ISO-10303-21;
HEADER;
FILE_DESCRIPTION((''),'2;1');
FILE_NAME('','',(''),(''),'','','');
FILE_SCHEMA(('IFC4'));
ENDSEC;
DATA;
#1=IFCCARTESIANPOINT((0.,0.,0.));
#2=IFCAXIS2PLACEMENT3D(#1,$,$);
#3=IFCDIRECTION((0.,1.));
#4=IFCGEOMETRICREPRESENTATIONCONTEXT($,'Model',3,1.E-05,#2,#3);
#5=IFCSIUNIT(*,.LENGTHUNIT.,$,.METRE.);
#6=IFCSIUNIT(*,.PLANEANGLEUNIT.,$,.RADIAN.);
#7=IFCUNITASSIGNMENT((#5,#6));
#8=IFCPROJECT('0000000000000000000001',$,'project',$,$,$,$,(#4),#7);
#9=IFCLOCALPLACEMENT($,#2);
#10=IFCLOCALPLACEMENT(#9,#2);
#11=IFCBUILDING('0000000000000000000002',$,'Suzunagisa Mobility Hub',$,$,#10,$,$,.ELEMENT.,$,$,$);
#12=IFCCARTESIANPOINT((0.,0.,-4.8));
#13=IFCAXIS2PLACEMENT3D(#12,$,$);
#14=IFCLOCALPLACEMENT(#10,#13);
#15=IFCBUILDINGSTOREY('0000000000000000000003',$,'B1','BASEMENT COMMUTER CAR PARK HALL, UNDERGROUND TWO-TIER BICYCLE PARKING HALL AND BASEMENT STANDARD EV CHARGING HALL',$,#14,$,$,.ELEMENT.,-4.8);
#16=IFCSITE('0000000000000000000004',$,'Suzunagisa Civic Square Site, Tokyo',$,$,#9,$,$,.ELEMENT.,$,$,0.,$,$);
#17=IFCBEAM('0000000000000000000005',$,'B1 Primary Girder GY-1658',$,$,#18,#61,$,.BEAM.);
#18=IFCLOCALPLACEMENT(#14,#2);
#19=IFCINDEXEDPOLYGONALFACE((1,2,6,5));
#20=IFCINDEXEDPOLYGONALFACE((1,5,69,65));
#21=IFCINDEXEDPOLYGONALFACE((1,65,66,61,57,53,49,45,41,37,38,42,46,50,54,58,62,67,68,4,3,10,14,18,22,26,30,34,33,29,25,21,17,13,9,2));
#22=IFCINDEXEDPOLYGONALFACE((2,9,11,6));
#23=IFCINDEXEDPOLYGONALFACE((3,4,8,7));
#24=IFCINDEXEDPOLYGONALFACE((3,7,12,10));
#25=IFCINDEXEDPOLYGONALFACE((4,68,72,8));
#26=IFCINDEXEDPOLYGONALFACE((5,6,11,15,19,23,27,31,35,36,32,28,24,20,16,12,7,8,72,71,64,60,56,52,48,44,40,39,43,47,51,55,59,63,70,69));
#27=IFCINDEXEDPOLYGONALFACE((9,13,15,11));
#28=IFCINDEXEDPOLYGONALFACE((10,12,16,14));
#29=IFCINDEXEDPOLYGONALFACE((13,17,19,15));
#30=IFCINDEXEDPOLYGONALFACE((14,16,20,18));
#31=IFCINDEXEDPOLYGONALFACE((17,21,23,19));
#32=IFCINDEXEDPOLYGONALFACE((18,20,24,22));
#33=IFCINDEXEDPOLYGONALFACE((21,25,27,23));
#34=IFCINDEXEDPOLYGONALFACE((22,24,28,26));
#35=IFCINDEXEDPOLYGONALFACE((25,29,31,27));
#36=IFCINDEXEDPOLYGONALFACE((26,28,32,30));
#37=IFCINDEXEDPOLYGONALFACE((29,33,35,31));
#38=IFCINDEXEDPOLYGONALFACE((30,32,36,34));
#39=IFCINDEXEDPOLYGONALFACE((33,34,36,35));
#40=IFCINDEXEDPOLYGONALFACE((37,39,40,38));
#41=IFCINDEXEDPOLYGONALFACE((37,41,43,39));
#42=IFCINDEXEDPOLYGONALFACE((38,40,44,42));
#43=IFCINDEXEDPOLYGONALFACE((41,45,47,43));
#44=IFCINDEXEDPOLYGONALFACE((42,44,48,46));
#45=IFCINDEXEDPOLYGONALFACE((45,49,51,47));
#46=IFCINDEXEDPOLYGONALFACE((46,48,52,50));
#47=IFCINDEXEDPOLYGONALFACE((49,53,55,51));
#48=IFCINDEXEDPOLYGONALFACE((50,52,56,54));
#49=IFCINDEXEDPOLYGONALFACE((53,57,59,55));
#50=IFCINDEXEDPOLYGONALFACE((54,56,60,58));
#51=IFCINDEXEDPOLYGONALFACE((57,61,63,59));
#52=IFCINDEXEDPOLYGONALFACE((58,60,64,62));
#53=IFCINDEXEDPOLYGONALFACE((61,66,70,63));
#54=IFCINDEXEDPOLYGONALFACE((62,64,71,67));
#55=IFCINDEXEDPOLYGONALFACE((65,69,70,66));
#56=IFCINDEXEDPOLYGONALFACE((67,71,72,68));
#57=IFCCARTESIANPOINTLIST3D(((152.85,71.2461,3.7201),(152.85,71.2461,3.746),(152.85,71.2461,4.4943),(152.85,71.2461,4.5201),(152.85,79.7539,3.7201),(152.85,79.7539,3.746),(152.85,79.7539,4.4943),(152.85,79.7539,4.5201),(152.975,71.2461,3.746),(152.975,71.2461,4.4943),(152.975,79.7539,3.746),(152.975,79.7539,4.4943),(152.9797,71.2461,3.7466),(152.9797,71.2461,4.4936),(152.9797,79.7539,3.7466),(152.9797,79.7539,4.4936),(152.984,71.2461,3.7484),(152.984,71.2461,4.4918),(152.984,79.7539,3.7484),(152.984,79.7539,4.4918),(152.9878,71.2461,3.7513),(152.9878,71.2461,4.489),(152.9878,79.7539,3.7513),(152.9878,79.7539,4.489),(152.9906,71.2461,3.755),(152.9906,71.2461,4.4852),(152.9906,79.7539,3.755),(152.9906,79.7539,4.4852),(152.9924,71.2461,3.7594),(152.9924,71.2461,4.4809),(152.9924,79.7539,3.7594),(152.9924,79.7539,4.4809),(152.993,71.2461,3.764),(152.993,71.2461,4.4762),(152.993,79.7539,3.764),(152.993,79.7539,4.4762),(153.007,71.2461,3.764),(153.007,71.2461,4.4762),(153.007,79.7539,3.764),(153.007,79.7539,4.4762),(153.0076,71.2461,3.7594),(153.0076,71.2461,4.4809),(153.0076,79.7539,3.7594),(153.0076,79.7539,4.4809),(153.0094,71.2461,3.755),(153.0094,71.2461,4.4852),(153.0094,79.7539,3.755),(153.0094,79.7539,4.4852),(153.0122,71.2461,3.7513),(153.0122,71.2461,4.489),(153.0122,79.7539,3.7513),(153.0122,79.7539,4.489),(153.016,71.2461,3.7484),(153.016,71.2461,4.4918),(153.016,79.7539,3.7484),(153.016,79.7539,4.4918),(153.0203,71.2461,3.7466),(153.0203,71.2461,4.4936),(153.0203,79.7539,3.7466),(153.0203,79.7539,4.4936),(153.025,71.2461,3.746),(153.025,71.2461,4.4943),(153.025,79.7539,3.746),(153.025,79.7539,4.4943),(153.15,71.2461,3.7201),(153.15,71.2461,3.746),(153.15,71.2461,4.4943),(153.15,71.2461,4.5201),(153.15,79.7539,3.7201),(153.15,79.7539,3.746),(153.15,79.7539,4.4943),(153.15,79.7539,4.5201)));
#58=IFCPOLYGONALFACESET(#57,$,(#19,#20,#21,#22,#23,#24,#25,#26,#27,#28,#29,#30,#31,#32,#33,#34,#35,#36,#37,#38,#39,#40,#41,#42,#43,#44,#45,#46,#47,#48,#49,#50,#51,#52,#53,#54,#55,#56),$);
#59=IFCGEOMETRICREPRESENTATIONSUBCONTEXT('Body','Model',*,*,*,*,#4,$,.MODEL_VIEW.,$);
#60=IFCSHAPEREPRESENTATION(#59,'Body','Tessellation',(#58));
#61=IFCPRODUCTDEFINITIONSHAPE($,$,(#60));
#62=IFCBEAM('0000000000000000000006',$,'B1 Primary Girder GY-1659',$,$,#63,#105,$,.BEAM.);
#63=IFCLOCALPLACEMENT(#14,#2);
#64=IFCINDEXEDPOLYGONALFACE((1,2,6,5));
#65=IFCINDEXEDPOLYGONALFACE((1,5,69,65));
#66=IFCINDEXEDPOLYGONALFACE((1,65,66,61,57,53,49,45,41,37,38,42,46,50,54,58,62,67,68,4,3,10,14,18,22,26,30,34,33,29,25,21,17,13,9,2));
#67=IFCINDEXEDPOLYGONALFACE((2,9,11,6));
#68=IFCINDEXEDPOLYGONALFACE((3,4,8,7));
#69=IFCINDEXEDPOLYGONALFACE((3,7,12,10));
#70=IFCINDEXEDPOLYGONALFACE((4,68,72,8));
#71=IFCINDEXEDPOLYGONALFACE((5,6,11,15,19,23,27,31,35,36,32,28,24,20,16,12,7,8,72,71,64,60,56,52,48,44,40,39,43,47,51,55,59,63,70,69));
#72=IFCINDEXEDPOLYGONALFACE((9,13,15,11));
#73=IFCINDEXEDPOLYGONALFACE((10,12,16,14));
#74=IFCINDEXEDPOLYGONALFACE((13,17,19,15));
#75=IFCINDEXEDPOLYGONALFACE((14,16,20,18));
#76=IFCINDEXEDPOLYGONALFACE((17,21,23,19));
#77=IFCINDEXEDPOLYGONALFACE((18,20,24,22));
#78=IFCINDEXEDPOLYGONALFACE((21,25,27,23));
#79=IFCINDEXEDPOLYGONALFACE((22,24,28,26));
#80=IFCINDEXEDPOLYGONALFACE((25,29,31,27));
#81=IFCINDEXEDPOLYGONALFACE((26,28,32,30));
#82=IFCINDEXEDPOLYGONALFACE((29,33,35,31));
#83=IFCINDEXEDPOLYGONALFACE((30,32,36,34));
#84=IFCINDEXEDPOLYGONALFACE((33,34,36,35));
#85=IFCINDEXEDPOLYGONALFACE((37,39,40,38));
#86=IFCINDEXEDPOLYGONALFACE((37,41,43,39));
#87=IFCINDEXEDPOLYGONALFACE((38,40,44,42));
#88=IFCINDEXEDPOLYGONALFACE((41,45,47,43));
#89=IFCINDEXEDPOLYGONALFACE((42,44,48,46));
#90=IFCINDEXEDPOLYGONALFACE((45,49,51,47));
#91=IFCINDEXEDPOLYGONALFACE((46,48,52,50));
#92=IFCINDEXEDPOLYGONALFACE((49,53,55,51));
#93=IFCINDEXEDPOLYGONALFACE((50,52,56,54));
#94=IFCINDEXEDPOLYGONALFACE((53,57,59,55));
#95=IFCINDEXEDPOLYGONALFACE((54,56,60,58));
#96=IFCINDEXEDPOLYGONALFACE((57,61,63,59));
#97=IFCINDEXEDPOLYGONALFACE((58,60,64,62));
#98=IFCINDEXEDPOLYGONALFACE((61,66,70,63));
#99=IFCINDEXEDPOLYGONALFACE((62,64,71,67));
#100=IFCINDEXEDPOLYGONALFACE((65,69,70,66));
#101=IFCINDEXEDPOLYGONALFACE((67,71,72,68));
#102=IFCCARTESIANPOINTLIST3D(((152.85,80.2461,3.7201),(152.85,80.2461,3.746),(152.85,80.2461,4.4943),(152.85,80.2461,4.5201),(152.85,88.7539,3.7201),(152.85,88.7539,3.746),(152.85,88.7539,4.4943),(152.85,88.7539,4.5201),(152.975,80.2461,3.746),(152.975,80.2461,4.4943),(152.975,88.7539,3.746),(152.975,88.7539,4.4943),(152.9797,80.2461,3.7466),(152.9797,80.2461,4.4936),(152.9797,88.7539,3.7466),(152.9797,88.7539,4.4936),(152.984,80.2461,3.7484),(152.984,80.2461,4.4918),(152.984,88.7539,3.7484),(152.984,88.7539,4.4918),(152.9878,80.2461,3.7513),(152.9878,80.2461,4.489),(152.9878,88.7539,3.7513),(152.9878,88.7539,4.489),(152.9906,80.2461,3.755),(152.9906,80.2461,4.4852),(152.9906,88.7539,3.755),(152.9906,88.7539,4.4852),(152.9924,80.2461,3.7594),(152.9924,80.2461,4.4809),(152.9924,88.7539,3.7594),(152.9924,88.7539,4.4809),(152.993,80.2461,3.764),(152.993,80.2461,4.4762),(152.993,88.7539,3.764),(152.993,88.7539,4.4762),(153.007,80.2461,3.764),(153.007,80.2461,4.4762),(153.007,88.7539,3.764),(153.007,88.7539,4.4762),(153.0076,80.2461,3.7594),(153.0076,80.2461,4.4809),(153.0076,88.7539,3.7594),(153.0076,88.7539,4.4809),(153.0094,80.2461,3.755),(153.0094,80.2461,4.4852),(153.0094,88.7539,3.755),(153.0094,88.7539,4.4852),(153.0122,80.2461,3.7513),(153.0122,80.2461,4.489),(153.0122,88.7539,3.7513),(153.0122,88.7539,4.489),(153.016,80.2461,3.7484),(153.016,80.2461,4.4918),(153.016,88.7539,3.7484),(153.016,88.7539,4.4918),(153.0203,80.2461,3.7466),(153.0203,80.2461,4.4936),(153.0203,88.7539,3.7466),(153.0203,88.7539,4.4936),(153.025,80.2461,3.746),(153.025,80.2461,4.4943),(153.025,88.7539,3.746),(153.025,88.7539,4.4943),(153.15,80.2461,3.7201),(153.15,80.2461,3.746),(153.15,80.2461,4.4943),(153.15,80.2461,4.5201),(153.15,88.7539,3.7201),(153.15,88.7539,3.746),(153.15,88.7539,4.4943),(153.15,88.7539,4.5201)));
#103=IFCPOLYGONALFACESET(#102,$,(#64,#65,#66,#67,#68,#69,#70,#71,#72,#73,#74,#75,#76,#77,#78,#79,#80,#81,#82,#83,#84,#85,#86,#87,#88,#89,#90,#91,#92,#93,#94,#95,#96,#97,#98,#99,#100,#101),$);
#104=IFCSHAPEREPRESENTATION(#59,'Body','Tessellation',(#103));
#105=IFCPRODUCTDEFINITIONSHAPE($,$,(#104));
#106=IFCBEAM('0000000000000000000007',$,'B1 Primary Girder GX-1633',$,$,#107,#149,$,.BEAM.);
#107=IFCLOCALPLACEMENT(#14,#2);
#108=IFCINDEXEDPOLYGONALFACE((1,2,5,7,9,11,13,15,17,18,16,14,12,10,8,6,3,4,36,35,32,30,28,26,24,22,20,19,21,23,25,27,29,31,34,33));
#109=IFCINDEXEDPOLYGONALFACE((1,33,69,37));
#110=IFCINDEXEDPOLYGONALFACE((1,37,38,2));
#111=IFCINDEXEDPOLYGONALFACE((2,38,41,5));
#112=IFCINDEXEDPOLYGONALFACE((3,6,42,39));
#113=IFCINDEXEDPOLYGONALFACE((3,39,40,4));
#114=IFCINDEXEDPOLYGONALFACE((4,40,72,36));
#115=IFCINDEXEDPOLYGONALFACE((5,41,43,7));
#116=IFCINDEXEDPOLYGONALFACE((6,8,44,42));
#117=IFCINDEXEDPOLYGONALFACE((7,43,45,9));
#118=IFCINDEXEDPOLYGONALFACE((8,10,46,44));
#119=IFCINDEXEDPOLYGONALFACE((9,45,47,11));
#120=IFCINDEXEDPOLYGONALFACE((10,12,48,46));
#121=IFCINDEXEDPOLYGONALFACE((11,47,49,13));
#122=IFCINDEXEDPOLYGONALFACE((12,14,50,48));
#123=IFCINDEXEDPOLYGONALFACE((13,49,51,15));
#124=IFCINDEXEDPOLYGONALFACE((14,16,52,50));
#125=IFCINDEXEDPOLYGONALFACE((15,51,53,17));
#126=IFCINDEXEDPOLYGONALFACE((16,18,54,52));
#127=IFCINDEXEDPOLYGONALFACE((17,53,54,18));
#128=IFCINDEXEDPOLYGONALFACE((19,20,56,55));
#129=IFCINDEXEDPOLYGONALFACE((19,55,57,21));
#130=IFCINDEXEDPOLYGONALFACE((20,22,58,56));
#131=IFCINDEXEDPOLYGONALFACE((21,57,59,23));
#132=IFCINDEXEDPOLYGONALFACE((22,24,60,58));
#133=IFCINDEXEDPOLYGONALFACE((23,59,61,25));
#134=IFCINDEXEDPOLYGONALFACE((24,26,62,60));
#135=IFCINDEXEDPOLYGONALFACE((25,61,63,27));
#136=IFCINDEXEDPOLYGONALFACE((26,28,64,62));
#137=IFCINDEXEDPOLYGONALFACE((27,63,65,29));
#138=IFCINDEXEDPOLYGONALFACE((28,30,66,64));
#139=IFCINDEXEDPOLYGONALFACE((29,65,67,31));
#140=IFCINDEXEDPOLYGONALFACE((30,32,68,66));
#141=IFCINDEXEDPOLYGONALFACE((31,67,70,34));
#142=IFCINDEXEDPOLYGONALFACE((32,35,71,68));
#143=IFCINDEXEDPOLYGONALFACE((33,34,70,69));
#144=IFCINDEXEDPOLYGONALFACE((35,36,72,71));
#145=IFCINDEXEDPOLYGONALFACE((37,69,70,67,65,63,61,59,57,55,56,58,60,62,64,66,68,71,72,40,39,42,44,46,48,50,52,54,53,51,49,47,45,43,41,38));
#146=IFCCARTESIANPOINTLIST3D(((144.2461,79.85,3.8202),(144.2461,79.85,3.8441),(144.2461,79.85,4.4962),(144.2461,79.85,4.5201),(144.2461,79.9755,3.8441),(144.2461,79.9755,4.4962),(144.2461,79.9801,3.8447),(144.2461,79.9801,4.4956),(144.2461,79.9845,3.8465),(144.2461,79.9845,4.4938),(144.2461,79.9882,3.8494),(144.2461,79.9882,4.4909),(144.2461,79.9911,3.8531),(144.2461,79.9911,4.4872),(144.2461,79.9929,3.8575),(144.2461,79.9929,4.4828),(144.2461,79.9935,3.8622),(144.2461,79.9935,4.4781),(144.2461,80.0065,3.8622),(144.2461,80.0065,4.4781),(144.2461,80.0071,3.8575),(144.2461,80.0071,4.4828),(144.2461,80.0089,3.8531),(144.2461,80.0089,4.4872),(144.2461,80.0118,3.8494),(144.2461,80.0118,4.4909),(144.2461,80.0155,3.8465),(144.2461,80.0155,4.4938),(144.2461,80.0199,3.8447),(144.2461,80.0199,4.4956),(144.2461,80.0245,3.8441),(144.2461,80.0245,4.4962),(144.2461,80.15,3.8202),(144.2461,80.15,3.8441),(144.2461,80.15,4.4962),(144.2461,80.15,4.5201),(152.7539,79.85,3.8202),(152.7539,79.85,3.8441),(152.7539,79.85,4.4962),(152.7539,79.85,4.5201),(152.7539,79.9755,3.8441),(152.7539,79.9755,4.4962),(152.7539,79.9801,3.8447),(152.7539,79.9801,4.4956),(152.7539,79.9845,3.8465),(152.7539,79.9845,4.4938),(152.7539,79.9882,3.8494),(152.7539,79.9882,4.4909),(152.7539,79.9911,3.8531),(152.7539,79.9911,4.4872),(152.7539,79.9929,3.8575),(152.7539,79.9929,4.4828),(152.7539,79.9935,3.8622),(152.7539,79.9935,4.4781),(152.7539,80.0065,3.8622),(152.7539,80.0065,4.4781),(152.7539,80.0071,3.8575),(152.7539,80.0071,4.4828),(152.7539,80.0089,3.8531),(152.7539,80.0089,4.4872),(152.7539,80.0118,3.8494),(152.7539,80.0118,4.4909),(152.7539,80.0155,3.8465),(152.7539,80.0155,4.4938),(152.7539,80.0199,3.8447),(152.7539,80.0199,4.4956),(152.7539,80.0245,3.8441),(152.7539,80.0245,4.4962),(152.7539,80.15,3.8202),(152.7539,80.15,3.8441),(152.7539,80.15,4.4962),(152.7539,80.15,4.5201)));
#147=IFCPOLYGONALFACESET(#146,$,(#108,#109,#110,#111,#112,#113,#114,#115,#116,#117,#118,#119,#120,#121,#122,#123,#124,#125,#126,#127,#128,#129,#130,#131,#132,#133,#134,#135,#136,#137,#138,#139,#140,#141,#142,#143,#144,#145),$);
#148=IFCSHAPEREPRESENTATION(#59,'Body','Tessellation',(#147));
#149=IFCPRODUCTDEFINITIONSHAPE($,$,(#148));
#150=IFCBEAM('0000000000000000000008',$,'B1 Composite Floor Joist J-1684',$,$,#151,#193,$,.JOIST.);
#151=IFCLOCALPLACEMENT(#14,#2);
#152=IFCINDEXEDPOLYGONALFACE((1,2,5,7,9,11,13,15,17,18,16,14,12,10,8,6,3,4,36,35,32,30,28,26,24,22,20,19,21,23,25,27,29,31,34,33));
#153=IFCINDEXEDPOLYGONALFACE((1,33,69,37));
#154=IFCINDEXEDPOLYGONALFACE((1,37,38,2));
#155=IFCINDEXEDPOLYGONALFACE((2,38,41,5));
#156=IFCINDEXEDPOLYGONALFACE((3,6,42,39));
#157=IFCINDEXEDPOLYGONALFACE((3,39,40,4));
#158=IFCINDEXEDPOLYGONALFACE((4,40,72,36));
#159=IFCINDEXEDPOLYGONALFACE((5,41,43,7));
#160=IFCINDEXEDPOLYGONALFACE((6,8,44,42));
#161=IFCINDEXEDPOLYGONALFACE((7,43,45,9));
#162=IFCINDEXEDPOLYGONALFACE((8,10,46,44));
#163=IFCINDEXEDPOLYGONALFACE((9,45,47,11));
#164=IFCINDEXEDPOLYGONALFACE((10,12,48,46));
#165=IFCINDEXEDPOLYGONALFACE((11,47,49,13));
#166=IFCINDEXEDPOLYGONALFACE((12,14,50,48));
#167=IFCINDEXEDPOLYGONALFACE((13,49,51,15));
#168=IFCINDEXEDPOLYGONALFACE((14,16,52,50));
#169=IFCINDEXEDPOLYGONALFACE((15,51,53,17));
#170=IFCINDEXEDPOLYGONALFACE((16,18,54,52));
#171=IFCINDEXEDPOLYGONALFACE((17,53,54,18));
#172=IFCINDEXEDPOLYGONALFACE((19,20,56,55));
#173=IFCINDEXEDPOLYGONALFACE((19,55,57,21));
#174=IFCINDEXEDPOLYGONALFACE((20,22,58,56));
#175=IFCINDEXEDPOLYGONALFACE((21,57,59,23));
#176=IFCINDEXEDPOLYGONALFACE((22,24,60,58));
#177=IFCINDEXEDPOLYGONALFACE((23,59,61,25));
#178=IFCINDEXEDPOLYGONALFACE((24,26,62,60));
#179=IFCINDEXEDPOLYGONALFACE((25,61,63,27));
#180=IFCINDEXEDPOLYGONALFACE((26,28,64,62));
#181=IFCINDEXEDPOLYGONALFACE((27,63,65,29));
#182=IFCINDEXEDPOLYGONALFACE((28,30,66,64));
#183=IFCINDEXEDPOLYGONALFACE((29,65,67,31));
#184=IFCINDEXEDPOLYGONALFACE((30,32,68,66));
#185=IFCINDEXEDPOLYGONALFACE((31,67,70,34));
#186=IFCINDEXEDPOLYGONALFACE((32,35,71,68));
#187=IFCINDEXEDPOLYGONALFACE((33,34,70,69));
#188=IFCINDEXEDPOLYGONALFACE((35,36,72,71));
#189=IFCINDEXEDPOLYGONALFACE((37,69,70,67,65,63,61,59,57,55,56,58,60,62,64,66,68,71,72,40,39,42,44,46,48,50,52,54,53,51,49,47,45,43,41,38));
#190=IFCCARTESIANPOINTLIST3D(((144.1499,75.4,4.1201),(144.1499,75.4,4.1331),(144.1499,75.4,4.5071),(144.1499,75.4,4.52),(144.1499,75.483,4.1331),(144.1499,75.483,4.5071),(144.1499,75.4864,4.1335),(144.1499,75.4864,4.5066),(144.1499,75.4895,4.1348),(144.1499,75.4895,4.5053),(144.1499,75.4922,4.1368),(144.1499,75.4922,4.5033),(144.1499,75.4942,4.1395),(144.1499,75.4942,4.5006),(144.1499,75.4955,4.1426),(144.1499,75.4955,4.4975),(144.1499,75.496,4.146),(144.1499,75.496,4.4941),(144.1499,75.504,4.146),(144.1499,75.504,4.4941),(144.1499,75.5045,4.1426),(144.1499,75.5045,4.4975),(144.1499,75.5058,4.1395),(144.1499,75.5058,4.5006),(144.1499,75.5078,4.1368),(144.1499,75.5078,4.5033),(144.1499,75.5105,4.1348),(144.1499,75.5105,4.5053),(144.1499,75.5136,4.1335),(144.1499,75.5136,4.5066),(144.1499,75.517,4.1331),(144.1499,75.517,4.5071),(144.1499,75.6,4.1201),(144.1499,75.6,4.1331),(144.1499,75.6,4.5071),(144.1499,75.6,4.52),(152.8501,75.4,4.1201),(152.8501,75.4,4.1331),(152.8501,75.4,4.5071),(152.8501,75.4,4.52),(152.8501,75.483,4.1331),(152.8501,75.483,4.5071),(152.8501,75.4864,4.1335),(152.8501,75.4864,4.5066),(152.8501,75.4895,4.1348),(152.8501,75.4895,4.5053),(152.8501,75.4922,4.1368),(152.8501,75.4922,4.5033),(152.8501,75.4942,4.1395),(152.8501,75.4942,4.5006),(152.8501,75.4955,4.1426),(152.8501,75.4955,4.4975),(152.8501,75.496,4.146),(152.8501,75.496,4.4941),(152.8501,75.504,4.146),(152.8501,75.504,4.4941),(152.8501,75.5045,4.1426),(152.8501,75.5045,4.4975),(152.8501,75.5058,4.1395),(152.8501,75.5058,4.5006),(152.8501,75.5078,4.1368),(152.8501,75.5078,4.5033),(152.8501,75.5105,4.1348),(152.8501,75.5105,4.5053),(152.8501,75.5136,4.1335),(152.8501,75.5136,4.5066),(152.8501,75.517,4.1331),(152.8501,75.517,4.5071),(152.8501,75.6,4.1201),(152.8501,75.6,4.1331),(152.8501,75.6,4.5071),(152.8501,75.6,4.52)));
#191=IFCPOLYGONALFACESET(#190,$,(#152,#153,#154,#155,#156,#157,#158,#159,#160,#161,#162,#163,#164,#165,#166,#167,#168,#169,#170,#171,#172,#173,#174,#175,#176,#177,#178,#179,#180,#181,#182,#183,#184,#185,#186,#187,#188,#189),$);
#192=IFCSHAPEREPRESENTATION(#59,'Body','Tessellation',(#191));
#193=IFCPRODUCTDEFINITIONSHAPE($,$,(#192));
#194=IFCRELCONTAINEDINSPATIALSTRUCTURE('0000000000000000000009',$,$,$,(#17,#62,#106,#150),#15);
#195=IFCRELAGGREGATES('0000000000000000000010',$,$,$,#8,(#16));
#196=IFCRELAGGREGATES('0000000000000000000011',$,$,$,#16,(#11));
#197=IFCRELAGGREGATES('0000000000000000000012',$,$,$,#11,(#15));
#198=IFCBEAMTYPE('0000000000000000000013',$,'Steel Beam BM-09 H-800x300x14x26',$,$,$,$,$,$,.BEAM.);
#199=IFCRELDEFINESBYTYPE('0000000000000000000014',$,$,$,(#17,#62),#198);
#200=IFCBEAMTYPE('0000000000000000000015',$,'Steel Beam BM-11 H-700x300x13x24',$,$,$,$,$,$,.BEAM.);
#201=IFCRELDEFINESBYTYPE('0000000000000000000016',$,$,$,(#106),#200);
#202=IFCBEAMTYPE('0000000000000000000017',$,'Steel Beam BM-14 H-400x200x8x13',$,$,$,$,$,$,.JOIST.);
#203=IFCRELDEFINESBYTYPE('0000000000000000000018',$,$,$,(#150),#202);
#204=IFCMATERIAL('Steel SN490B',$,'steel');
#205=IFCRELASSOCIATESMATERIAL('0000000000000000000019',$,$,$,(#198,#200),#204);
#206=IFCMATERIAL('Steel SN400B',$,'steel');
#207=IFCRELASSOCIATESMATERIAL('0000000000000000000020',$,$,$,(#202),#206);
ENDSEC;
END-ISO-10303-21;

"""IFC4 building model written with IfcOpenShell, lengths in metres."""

from ifc_helpers import new_model, si_unit, direction, frame, origin, origin_2d, place, context, subcontext, project, spatial, i_section, extrude, material, material_profile, profile_set, type_object, element, save


model = new_model("IFC4")

# Units and contexts
model_context = context("Model", 3, precision=1e-05, world=origin(), true_north=direction((0.0, 1.0)))
body_context = subcontext(model_context, "Body", "Model", "MODEL_VIEW")
ifc_project = project(units=[si_unit("LENGTHUNIT", "METRE"), si_unit("PLANEANGLEUNIT", "RADIAN")], contexts=[model_context])

# Site, building, storey
site_placement = place(None, origin())
site = spatial("IfcSite", under=ifc_project, at=site_placement, Name="Suzunagisa Civic Square Site, Tokyo", CompositionType="ELEMENT", RefElevation=0.0)
building_placement = place(site_placement, origin())
building = spatial("IfcBuilding", under=site, at=building_placement, Name="Suzunagisa Mobility Hub", CompositionType="ELEMENT")
storey_placement = place(building_placement, frame((0.0, 0.0, -4.8)))
storey = spatial("IfcBuildingStorey", under=building, at=storey_placement, Name="B1", Description="BASEMENT COMMUTER CAR PARK HALL, UNDERGROUND TWO-TIER BICYCLE PARKING HALL AND BASEMENT STANDARD EV CHARGING HALL", CompositionType="ELEMENT", Elevation=-4.8)

# Shared definitions
ifc_material_1 = material(Name="Steel SN490B", Category="steel")

# Beams
ifc_material_profile_1 = material_profile(ifc_material_1, i_section(OverallWidth=0.3, OverallDepth=0.8, WebThickness=0.0139, FlangeThickness=0.0259, FilletRadius=0.0181, at=origin_2d()), Name="H-800x300x14x26")
ifc_profile_set_1 = profile_set([ifc_material_profile_1], Name="Steel SN490B")
beam_type_1 = type_object("IfcBeamType", Name="Steel Beam BM-09 H-800x300x14x26", PredefinedType="BEAM", material=ifc_profile_set_1)
for number, where, z_axis, x_axis, name in (
    (1, (153.0, 71.2461, 4.1201), (0.0, 1.0, 0.0), (-1.0, 0.0, 0.0), "B1 Primary Girder GY-1658"),
    (2, (153.0, 80.2461, 4.1201), (0.0, 1.0, 0.0), (-1.0, 0.0, 0.0), "B1 Primary Girder GY-1659"),
):
    element("IfcBeam", number, at=place(storey_placement, frame(where, z_axis=z_axis, x_axis=x_axis)), inside=storey, type_object=beam_type_1, Name=name, PredefinedType="BEAM", context=body_context, shape_type="SweptSolid", body=[
        extrude(i_section(OverallWidth=0.3, OverallDepth=0.8, WebThickness=0.0139, FlangeThickness=0.0259, FilletRadius=0.0181, at=origin_2d()), origin(), (0.0, 0.0, 1.0), 8.5078),
    ])
ifc_material_profile_2 = material_profile(ifc_material_1, i_section(OverallWidth=0.3, OverallDepth=0.7, WebThickness=0.0129, FlangeThickness=0.0239, FilletRadius=0.0181, at=origin_2d()), Name="H-700x300x13x24")
ifc_profile_set_2 = profile_set([ifc_material_profile_2], Name="Steel SN490B")
beam_type_2 = type_object("IfcBeamType", Name="Steel Beam BM-11 H-700x300x13x24", PredefinedType="BEAM", material=ifc_profile_set_2)
beam_placement = place(storey_placement, frame((144.2461, 80.0, 4.1702), z_axis=(1.0, 0.0, 0.0), x_axis=(0.0, 1.0, 0.0)))
element("IfcBeam", 3, at=beam_placement, inside=storey, type_object=beam_type_2, Name="B1 Primary Girder GX-1633", PredefinedType="BEAM", context=body_context, shape_type="SweptSolid", body=[
    extrude(i_section(OverallWidth=0.3, OverallDepth=0.7, WebThickness=0.0129, FlangeThickness=0.0239, FilletRadius=0.0181, at=origin_2d()), origin(), (0.0, 0.0, 1.0), 8.5078),
])
ifc_material_2 = material(Name="Steel SN400B", Category="steel")
ifc_material_profile_3 = material_profile(ifc_material_2, i_section(OverallWidth=0.2, OverallDepth=0.3999, WebThickness=0.0081, FlangeThickness=0.0129, FilletRadius=0.0129, at=origin_2d()), Name="H-400x200x8x13")
ifc_profile_set_3 = profile_set([ifc_material_profile_3], Name="Steel SN400B")
beam_type_3 = type_object("IfcBeamType", Name="Steel Beam BM-14 H-400x200x8x13", PredefinedType="JOIST", material=ifc_profile_set_3)
for number, where, z_axis, x_axis, name in (
    (4, (144.1499, 75.5, 4.3201), (1.0, 0.0, 0.0), (0.0, 1.0, 0.0), "B1 Composite Floor Joist J-1684"),
):
    element("IfcBeam", number, at=place(storey_placement, frame(where, z_axis=z_axis, x_axis=x_axis)), inside=storey, type_object=beam_type_3, Name=name, PredefinedType="JOIST", context=body_context, shape_type="SweptSolid", body=[
        extrude(i_section(OverallWidth=0.2, OverallDepth=0.3999, WebThickness=0.0081, FlangeThickness=0.0129, FilletRadius=0.0129, at=origin_2d()), origin(), (0.0, 0.0, 1.0), 8.7002),
    ])

save(model, "model.ifc")
